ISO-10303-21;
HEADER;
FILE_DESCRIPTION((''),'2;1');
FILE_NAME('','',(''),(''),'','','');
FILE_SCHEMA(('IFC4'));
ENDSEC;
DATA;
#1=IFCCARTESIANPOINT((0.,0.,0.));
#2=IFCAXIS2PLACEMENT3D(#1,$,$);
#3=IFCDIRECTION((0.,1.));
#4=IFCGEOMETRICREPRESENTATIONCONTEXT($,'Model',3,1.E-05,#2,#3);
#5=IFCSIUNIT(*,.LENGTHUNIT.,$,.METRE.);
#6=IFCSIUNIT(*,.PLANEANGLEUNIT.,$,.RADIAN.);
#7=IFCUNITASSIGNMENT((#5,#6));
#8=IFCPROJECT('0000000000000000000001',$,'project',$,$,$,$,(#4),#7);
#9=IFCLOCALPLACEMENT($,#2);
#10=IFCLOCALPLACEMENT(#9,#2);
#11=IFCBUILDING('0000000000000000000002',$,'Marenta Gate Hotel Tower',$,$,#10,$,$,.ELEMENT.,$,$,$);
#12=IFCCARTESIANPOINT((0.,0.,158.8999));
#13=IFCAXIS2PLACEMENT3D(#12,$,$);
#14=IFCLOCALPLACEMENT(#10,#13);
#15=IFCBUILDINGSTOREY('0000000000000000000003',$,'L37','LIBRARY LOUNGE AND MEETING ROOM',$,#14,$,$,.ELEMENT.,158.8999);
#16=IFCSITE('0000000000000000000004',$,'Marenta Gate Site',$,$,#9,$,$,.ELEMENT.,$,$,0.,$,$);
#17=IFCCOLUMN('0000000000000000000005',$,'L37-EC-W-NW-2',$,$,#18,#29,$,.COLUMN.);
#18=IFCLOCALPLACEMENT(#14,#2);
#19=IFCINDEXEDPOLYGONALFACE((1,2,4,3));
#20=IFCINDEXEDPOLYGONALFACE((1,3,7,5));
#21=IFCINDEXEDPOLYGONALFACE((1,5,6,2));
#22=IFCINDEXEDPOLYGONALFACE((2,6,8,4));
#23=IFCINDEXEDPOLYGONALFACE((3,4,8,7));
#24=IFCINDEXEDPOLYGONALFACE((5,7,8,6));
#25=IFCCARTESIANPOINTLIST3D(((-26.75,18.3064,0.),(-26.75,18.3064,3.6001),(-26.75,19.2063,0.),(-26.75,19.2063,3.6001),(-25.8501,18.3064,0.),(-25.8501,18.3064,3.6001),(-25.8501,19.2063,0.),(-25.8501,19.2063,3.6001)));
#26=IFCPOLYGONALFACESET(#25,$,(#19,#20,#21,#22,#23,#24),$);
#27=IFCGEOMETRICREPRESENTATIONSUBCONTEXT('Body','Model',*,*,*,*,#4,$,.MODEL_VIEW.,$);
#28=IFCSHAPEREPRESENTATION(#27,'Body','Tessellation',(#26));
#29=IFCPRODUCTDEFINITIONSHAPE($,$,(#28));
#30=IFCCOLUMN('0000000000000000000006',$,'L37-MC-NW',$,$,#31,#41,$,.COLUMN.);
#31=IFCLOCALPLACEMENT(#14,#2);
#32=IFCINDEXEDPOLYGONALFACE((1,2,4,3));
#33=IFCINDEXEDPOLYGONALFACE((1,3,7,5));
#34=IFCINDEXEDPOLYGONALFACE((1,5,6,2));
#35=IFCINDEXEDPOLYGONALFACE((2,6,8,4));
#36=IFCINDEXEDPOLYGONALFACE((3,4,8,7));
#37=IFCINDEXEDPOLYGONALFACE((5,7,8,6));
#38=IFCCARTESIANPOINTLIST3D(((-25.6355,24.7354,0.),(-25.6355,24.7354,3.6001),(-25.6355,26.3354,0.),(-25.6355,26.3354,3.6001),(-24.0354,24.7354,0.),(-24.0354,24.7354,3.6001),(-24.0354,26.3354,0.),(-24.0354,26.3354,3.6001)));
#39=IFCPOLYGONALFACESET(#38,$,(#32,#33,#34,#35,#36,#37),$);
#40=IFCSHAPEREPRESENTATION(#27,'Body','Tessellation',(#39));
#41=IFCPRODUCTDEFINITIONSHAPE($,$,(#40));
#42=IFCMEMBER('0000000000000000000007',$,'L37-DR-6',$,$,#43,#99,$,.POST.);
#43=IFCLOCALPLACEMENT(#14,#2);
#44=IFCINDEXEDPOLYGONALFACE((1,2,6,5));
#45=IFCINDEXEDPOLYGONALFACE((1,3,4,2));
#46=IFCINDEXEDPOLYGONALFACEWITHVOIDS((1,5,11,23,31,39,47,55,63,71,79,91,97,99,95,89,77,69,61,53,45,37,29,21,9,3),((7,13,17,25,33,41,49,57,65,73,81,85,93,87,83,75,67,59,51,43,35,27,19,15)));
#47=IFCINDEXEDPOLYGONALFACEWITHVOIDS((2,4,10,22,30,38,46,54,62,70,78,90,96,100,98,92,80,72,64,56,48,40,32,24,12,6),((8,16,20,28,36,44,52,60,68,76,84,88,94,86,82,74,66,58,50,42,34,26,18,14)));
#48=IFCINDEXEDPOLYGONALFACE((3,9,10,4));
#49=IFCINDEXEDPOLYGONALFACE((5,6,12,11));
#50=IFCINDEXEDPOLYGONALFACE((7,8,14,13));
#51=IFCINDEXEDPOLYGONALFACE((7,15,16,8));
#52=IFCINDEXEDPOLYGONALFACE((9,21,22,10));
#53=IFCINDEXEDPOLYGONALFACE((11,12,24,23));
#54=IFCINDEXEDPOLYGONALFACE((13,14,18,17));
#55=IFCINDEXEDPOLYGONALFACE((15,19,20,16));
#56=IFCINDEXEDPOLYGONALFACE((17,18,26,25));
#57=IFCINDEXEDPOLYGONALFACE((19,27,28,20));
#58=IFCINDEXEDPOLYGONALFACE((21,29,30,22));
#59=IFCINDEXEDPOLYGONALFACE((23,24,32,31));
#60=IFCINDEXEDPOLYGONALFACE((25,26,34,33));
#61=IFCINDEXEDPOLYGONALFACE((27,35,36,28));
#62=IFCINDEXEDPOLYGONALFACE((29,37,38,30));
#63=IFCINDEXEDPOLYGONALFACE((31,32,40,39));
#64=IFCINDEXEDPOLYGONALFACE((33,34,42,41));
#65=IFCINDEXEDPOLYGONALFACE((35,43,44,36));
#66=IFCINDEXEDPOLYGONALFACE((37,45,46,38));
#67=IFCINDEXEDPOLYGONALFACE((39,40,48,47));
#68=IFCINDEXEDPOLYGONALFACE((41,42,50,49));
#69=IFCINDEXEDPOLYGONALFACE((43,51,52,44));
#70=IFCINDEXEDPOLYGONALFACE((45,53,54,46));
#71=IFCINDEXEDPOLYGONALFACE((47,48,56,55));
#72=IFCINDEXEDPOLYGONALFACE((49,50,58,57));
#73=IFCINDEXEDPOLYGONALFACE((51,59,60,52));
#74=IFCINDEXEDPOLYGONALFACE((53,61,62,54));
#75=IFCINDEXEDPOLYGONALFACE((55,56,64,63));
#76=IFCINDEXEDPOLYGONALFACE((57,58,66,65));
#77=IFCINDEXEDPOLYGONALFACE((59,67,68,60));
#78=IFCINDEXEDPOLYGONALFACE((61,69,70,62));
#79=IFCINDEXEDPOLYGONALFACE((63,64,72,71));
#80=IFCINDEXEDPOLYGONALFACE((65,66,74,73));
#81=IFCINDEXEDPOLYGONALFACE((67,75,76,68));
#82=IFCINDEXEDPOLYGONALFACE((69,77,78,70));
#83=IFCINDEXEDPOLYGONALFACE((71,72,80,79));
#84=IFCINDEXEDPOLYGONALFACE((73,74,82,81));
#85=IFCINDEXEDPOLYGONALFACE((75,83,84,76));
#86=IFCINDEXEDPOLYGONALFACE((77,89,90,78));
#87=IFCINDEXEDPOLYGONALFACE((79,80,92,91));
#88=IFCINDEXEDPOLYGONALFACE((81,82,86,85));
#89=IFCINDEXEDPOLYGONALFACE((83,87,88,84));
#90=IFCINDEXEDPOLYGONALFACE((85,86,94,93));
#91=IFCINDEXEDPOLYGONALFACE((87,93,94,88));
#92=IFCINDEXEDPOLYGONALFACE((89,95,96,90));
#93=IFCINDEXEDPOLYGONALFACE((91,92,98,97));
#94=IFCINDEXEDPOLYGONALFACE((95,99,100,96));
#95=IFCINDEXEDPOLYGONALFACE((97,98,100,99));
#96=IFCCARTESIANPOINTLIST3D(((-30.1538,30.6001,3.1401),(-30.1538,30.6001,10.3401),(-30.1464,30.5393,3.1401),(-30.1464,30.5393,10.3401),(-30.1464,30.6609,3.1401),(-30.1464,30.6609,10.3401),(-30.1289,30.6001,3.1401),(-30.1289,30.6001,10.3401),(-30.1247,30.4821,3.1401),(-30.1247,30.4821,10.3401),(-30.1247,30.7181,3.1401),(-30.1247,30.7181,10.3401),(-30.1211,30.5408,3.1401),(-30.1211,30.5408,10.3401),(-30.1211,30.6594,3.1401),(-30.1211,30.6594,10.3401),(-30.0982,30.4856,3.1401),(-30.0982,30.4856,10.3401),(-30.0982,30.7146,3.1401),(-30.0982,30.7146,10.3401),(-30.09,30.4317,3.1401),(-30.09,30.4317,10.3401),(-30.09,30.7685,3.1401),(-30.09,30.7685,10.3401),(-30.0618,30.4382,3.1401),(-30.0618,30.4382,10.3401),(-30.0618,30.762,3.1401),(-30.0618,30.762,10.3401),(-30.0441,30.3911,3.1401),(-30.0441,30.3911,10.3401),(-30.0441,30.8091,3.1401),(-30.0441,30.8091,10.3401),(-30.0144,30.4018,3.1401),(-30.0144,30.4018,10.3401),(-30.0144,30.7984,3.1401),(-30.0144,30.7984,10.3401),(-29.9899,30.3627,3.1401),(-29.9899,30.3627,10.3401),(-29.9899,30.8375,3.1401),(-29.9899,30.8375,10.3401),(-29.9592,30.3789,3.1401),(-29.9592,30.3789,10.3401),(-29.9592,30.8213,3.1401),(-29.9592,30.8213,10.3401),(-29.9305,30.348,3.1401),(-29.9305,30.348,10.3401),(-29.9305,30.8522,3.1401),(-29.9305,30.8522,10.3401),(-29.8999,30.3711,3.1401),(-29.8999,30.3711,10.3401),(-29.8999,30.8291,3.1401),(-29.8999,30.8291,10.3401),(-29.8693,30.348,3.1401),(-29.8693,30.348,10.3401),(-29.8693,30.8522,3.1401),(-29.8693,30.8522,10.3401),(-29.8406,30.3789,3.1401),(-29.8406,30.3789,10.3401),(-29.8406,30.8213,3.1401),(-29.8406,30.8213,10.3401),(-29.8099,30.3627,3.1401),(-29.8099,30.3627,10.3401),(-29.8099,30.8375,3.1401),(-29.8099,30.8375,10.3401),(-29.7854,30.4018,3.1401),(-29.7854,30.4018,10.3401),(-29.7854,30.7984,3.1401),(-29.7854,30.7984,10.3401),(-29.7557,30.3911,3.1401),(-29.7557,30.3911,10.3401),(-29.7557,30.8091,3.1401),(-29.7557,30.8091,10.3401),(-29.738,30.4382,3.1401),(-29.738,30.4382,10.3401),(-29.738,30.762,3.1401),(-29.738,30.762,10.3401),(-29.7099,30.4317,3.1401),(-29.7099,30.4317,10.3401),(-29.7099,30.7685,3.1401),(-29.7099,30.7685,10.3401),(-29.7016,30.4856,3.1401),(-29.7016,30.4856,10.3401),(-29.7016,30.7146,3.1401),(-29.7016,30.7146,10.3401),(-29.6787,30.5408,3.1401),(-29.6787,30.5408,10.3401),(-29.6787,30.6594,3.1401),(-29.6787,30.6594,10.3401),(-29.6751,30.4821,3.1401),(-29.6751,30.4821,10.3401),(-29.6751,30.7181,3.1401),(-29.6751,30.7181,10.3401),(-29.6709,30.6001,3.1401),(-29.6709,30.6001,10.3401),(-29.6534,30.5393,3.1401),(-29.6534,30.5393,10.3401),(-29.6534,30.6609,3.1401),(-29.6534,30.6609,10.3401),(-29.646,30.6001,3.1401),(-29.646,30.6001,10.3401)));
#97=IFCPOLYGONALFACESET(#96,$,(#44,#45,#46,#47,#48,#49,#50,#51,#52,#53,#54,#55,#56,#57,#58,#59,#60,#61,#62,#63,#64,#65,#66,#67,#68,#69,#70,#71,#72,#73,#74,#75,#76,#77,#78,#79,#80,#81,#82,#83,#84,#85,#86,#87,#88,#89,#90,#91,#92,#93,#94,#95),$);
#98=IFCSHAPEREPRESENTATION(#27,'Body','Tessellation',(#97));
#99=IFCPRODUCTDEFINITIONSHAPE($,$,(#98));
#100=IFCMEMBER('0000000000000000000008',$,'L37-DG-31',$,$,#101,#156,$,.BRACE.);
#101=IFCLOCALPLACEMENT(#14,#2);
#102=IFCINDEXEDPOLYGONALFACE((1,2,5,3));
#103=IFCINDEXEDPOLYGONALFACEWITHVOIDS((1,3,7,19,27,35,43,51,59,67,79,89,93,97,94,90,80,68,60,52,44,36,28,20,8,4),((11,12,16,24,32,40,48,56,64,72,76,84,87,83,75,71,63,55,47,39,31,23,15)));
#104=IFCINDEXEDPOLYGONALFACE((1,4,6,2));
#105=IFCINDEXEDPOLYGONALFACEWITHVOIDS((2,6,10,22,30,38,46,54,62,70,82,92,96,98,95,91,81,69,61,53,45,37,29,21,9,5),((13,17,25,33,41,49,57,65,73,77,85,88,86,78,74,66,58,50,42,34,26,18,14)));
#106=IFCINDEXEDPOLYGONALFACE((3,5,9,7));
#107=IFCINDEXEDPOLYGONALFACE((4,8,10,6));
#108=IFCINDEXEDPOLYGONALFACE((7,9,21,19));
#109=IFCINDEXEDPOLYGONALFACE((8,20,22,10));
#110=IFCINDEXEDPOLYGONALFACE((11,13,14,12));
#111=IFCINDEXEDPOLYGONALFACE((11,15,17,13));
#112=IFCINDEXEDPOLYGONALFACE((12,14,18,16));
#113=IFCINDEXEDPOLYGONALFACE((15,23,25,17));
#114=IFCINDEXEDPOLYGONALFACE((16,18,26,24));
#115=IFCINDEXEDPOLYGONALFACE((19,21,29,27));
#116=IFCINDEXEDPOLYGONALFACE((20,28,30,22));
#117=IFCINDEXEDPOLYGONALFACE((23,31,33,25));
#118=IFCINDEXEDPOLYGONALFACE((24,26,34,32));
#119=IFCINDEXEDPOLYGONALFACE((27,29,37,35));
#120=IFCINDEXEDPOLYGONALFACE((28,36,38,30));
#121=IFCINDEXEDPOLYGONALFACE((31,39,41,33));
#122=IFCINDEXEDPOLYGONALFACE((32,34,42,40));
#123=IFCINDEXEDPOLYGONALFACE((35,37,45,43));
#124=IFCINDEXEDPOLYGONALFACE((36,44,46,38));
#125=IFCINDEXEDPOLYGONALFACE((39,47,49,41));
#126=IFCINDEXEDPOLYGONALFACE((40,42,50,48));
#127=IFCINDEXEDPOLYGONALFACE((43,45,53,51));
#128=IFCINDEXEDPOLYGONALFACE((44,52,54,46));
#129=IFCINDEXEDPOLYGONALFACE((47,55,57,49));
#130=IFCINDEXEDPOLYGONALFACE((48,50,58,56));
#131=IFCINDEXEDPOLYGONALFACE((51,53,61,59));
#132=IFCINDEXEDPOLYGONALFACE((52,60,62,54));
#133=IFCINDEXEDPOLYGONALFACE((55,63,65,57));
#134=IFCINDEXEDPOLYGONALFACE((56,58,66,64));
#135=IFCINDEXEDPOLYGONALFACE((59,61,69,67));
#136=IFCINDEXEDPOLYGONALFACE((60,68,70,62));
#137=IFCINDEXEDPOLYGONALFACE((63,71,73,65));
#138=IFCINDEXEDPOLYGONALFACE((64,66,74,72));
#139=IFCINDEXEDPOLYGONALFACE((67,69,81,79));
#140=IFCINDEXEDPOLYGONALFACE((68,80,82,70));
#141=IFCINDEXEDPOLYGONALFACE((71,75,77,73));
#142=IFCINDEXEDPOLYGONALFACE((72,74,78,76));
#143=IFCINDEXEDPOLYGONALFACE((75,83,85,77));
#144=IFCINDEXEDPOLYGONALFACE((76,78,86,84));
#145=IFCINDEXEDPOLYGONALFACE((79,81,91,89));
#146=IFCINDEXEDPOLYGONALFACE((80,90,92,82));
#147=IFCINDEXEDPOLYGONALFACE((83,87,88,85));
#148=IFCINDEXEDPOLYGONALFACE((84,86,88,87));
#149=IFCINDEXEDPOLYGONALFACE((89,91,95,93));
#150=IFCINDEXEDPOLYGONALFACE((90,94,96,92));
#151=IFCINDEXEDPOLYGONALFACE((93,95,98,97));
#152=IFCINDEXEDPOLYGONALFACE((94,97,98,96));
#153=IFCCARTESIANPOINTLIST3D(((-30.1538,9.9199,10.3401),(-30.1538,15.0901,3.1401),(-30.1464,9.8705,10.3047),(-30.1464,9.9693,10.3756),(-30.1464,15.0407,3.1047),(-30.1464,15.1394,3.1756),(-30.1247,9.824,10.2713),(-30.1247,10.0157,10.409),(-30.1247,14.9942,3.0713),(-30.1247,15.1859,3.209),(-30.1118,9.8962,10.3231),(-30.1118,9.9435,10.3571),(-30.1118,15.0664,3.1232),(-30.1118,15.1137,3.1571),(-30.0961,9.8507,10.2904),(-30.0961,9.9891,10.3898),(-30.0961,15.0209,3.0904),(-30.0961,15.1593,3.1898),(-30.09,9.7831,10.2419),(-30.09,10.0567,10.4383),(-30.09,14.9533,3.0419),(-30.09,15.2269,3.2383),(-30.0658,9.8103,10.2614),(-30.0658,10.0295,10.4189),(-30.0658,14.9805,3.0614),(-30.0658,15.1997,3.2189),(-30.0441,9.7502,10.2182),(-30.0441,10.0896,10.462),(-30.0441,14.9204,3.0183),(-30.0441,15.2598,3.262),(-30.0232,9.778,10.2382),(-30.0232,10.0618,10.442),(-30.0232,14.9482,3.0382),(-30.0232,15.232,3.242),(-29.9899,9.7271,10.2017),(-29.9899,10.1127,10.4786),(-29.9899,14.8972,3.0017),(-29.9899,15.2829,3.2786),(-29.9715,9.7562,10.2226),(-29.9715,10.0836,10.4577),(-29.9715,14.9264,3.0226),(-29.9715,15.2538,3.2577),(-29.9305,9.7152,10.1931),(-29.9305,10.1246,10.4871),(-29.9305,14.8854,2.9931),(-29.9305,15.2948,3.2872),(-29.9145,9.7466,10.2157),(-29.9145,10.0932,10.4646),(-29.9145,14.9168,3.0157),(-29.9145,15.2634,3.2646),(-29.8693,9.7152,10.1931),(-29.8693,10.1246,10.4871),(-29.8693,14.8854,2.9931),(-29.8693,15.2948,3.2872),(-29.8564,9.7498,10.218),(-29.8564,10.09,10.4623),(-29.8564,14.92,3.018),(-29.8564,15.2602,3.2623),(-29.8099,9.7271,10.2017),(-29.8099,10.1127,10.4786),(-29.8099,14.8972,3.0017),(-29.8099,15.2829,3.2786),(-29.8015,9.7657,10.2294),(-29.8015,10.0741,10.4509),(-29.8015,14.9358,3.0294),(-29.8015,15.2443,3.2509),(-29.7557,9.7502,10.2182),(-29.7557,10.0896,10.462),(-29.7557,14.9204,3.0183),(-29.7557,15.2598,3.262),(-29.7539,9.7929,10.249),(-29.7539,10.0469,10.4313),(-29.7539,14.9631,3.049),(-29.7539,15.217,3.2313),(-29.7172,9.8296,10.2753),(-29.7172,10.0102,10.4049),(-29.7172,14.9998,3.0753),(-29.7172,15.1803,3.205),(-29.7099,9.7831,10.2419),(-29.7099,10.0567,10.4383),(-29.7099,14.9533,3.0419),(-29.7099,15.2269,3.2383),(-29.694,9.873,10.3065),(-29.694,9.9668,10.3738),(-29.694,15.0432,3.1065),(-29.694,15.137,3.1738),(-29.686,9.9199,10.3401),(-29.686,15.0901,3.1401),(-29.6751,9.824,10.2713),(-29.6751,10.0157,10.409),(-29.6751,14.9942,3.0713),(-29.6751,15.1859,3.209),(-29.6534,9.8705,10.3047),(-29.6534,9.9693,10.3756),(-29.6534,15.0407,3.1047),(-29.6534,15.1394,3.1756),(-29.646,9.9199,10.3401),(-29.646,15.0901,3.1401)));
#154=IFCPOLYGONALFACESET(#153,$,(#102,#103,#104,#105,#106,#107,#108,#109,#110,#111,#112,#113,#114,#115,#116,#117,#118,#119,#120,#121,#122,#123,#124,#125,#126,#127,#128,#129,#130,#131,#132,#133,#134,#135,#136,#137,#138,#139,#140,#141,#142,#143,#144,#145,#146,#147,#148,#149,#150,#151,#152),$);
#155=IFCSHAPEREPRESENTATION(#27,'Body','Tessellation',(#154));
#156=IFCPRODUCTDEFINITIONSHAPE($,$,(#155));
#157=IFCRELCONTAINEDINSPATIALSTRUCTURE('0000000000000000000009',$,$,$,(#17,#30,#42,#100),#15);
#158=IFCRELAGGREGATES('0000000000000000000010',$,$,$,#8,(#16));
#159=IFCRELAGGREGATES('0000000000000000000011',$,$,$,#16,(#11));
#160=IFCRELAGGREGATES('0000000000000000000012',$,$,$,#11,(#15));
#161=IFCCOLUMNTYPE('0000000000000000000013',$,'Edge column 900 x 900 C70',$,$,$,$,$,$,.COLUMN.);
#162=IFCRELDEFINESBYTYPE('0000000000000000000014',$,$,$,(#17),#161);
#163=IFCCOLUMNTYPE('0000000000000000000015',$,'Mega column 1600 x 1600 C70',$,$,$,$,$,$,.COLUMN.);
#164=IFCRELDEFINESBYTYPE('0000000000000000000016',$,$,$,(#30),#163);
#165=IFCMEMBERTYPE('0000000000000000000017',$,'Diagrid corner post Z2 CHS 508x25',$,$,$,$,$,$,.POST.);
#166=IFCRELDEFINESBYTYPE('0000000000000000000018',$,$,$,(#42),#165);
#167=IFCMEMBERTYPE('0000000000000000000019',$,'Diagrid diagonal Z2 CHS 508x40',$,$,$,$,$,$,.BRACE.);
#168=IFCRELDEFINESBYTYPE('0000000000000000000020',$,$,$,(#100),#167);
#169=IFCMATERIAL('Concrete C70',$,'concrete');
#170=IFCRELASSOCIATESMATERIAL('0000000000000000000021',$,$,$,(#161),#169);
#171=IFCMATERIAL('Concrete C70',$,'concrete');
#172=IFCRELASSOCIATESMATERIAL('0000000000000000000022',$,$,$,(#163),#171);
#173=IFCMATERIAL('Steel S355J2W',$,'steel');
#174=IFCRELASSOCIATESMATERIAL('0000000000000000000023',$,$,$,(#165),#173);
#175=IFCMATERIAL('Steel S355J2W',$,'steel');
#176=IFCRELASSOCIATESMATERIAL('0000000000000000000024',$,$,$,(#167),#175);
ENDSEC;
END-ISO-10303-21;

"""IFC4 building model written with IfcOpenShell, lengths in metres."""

from ifc_helpers import new_model, si_unit, direction, frame, origin, origin_2d, place, context, subcontext, project, spatial, rectangle, hollow_circle, extrude, material, material_profile, profile_set, type_object, element, save


model = new_model("IFC4")

# Units and contexts
model_context = context("Model", 3, precision=1e-05, world=origin(), true_north=direction((0.0, 1.0)))
body_context = subcontext(model_context, "Body", "Model", "MODEL_VIEW")
ifc_project = project(units=[si_unit("LENGTHUNIT", "METRE"), si_unit("PLANEANGLEUNIT", "RADIAN")], contexts=[model_context])

# Site, building, storey
site_placement = place(None, origin())
site = spatial("IfcSite", under=ifc_project, at=site_placement, Name="Marenta Gate Site", CompositionType="ELEMENT", RefElevation=0.0)
building_placement = place(site_placement, origin())
building = spatial("IfcBuilding", under=site, at=building_placement, Name="Marenta Gate Hotel Tower", CompositionType="ELEMENT")
storey_placement = place(building_placement, frame((0.0, 0.0, 158.8999)))
storey = spatial("IfcBuildingStorey", under=building, at=storey_placement, Name="L37", Description="LIBRARY LOUNGE AND MEETING ROOM", CompositionType="ELEMENT", Elevation=158.8999)

# Columns
ifc_material_1 = material(Name="Concrete C70", Category="concrete")
ifc_material_profile_1 = material_profile(ifc_material_1, rectangle(XDim=0.8999, YDim=0.8999, at=origin_2d()), Name="900 x 900")
ifc_profile_set_1 = profile_set([ifc_material_profile_1], Name="Concrete C70")
column_type_1 = type_object("IfcColumnType", Name="Edge column 900 x 900 C70", PredefinedType="COLUMN", material=ifc_profile_set_1)
column_1_placement = place(storey_placement, frame((-26.3, 18.7563, 0.0), z_axis=(0.0, 0.0, 1.0), x_axis=(1.0, 0.0, 0.0)))
element("IfcColumn", 1, at=column_1_placement, inside=storey, type_object=column_type_1, Name="L37-EC-W-NW-2", PredefinedType="COLUMN", context=body_context, shape_type="SweptSolid", body=[
    extrude(rectangle(XDim=0.8999, YDim=0.8999, at=origin_2d()), origin(), (0.0, 0.0, 1.0), 3.6001),
])
ifc_material_2 = material(Name="Concrete C70", Category="concrete")
ifc_material_profile_2 = material_profile(ifc_material_2, rectangle(XDim=1.6001, YDim=1.6001, at=origin_2d()), Name="1600 x 1600")
ifc_profile_set_2 = profile_set([ifc_material_profile_2], Name="Concrete C70")
column_type_2 = type_object("IfcColumnType", Name="Mega column 1600 x 1600 C70", PredefinedType="COLUMN", material=ifc_profile_set_2)
column_2_placement = place(storey_placement, frame((-24.8354, 25.5354, 0.0), z_axis=(0.0, 0.0, 1.0), x_axis=(1.0, 0.0, 0.0)))
element("IfcColumn", 2, at=column_2_placement, inside=storey, type_object=column_type_2, Name="L37-MC-NW", PredefinedType="COLUMN", context=body_context, shape_type="SweptSolid", body=[
    extrude(rectangle(XDim=1.6001, YDim=1.6001, at=origin_2d()), origin(), (0.0, 0.0, 1.0), 3.6001),
])

# Members
ifc_material_3 = material(Name="Steel S355J2W", Category="steel")
ifc_material_profile_3 = material_profile(ifc_material_3, hollow_circle(Radius=0.2539, WallThickness=0.0249, at=origin_2d()), Name="CHS 508x25")
ifc_profile_set_3 = profile_set([ifc_material_profile_3], Name="Steel S355J2W")
member_type_1 = type_object("IfcMemberType", Name="Diagrid corner post Z2 CHS 508x25", PredefinedType="POST", material=ifc_profile_set_3)
member_1_placement = place(storey_placement, frame((-29.8999, 30.6001, 3.1401), z_axis=(0.0, 0.0, 1.0), x_axis=(1.0, 0.0, 0.0)))
element("IfcMember", 3, at=member_1_placement, inside=storey, type_object=member_type_1, Name="L37-DR-6", PredefinedType="POST", context=body_context, shape_type="SweptSolid", body=[
    extrude(hollow_circle(Radius=0.2539, WallThickness=0.0249, at=origin_2d()), origin(), (0.0, 0.0, 1.0), 7.2),
])
ifc_material_4 = material(Name="Steel S355J2W", Category="steel")
ifc_material_profile_4 = material_profile(ifc_material_4, hollow_circle(Radius=0.2539, WallThickness=0.04, at=origin_2d()), Name="CHS 508x40")
ifc_profile_set_4 = profile_set([ifc_material_profile_4], Name="Steel S355J2W")
member_type_2 = type_object("IfcMemberType", Name="Diagrid diagonal Z2 CHS 508x40", PredefinedType="BRACE", material=ifc_profile_set_4)
member_2_placement = place(storey_placement, frame((-29.8999, 15.0901, 3.1401), z_axis=(0.0, -0.583279, 0.812272), x_axis=(1.0, 0.0, 0.0)))
element("IfcMember", 4, at=member_2_placement, inside=storey, type_object=member_type_2, Name="L37-DG-31", PredefinedType="BRACE", context=body_context, shape_type="SweptSolid", body=[
    extrude(hollow_circle(Radius=0.2539, WallThickness=0.04, at=origin_2d()), origin(), (0.0, 0.0, 1.0), 8.864),
])

save(model, "model.ifc")
